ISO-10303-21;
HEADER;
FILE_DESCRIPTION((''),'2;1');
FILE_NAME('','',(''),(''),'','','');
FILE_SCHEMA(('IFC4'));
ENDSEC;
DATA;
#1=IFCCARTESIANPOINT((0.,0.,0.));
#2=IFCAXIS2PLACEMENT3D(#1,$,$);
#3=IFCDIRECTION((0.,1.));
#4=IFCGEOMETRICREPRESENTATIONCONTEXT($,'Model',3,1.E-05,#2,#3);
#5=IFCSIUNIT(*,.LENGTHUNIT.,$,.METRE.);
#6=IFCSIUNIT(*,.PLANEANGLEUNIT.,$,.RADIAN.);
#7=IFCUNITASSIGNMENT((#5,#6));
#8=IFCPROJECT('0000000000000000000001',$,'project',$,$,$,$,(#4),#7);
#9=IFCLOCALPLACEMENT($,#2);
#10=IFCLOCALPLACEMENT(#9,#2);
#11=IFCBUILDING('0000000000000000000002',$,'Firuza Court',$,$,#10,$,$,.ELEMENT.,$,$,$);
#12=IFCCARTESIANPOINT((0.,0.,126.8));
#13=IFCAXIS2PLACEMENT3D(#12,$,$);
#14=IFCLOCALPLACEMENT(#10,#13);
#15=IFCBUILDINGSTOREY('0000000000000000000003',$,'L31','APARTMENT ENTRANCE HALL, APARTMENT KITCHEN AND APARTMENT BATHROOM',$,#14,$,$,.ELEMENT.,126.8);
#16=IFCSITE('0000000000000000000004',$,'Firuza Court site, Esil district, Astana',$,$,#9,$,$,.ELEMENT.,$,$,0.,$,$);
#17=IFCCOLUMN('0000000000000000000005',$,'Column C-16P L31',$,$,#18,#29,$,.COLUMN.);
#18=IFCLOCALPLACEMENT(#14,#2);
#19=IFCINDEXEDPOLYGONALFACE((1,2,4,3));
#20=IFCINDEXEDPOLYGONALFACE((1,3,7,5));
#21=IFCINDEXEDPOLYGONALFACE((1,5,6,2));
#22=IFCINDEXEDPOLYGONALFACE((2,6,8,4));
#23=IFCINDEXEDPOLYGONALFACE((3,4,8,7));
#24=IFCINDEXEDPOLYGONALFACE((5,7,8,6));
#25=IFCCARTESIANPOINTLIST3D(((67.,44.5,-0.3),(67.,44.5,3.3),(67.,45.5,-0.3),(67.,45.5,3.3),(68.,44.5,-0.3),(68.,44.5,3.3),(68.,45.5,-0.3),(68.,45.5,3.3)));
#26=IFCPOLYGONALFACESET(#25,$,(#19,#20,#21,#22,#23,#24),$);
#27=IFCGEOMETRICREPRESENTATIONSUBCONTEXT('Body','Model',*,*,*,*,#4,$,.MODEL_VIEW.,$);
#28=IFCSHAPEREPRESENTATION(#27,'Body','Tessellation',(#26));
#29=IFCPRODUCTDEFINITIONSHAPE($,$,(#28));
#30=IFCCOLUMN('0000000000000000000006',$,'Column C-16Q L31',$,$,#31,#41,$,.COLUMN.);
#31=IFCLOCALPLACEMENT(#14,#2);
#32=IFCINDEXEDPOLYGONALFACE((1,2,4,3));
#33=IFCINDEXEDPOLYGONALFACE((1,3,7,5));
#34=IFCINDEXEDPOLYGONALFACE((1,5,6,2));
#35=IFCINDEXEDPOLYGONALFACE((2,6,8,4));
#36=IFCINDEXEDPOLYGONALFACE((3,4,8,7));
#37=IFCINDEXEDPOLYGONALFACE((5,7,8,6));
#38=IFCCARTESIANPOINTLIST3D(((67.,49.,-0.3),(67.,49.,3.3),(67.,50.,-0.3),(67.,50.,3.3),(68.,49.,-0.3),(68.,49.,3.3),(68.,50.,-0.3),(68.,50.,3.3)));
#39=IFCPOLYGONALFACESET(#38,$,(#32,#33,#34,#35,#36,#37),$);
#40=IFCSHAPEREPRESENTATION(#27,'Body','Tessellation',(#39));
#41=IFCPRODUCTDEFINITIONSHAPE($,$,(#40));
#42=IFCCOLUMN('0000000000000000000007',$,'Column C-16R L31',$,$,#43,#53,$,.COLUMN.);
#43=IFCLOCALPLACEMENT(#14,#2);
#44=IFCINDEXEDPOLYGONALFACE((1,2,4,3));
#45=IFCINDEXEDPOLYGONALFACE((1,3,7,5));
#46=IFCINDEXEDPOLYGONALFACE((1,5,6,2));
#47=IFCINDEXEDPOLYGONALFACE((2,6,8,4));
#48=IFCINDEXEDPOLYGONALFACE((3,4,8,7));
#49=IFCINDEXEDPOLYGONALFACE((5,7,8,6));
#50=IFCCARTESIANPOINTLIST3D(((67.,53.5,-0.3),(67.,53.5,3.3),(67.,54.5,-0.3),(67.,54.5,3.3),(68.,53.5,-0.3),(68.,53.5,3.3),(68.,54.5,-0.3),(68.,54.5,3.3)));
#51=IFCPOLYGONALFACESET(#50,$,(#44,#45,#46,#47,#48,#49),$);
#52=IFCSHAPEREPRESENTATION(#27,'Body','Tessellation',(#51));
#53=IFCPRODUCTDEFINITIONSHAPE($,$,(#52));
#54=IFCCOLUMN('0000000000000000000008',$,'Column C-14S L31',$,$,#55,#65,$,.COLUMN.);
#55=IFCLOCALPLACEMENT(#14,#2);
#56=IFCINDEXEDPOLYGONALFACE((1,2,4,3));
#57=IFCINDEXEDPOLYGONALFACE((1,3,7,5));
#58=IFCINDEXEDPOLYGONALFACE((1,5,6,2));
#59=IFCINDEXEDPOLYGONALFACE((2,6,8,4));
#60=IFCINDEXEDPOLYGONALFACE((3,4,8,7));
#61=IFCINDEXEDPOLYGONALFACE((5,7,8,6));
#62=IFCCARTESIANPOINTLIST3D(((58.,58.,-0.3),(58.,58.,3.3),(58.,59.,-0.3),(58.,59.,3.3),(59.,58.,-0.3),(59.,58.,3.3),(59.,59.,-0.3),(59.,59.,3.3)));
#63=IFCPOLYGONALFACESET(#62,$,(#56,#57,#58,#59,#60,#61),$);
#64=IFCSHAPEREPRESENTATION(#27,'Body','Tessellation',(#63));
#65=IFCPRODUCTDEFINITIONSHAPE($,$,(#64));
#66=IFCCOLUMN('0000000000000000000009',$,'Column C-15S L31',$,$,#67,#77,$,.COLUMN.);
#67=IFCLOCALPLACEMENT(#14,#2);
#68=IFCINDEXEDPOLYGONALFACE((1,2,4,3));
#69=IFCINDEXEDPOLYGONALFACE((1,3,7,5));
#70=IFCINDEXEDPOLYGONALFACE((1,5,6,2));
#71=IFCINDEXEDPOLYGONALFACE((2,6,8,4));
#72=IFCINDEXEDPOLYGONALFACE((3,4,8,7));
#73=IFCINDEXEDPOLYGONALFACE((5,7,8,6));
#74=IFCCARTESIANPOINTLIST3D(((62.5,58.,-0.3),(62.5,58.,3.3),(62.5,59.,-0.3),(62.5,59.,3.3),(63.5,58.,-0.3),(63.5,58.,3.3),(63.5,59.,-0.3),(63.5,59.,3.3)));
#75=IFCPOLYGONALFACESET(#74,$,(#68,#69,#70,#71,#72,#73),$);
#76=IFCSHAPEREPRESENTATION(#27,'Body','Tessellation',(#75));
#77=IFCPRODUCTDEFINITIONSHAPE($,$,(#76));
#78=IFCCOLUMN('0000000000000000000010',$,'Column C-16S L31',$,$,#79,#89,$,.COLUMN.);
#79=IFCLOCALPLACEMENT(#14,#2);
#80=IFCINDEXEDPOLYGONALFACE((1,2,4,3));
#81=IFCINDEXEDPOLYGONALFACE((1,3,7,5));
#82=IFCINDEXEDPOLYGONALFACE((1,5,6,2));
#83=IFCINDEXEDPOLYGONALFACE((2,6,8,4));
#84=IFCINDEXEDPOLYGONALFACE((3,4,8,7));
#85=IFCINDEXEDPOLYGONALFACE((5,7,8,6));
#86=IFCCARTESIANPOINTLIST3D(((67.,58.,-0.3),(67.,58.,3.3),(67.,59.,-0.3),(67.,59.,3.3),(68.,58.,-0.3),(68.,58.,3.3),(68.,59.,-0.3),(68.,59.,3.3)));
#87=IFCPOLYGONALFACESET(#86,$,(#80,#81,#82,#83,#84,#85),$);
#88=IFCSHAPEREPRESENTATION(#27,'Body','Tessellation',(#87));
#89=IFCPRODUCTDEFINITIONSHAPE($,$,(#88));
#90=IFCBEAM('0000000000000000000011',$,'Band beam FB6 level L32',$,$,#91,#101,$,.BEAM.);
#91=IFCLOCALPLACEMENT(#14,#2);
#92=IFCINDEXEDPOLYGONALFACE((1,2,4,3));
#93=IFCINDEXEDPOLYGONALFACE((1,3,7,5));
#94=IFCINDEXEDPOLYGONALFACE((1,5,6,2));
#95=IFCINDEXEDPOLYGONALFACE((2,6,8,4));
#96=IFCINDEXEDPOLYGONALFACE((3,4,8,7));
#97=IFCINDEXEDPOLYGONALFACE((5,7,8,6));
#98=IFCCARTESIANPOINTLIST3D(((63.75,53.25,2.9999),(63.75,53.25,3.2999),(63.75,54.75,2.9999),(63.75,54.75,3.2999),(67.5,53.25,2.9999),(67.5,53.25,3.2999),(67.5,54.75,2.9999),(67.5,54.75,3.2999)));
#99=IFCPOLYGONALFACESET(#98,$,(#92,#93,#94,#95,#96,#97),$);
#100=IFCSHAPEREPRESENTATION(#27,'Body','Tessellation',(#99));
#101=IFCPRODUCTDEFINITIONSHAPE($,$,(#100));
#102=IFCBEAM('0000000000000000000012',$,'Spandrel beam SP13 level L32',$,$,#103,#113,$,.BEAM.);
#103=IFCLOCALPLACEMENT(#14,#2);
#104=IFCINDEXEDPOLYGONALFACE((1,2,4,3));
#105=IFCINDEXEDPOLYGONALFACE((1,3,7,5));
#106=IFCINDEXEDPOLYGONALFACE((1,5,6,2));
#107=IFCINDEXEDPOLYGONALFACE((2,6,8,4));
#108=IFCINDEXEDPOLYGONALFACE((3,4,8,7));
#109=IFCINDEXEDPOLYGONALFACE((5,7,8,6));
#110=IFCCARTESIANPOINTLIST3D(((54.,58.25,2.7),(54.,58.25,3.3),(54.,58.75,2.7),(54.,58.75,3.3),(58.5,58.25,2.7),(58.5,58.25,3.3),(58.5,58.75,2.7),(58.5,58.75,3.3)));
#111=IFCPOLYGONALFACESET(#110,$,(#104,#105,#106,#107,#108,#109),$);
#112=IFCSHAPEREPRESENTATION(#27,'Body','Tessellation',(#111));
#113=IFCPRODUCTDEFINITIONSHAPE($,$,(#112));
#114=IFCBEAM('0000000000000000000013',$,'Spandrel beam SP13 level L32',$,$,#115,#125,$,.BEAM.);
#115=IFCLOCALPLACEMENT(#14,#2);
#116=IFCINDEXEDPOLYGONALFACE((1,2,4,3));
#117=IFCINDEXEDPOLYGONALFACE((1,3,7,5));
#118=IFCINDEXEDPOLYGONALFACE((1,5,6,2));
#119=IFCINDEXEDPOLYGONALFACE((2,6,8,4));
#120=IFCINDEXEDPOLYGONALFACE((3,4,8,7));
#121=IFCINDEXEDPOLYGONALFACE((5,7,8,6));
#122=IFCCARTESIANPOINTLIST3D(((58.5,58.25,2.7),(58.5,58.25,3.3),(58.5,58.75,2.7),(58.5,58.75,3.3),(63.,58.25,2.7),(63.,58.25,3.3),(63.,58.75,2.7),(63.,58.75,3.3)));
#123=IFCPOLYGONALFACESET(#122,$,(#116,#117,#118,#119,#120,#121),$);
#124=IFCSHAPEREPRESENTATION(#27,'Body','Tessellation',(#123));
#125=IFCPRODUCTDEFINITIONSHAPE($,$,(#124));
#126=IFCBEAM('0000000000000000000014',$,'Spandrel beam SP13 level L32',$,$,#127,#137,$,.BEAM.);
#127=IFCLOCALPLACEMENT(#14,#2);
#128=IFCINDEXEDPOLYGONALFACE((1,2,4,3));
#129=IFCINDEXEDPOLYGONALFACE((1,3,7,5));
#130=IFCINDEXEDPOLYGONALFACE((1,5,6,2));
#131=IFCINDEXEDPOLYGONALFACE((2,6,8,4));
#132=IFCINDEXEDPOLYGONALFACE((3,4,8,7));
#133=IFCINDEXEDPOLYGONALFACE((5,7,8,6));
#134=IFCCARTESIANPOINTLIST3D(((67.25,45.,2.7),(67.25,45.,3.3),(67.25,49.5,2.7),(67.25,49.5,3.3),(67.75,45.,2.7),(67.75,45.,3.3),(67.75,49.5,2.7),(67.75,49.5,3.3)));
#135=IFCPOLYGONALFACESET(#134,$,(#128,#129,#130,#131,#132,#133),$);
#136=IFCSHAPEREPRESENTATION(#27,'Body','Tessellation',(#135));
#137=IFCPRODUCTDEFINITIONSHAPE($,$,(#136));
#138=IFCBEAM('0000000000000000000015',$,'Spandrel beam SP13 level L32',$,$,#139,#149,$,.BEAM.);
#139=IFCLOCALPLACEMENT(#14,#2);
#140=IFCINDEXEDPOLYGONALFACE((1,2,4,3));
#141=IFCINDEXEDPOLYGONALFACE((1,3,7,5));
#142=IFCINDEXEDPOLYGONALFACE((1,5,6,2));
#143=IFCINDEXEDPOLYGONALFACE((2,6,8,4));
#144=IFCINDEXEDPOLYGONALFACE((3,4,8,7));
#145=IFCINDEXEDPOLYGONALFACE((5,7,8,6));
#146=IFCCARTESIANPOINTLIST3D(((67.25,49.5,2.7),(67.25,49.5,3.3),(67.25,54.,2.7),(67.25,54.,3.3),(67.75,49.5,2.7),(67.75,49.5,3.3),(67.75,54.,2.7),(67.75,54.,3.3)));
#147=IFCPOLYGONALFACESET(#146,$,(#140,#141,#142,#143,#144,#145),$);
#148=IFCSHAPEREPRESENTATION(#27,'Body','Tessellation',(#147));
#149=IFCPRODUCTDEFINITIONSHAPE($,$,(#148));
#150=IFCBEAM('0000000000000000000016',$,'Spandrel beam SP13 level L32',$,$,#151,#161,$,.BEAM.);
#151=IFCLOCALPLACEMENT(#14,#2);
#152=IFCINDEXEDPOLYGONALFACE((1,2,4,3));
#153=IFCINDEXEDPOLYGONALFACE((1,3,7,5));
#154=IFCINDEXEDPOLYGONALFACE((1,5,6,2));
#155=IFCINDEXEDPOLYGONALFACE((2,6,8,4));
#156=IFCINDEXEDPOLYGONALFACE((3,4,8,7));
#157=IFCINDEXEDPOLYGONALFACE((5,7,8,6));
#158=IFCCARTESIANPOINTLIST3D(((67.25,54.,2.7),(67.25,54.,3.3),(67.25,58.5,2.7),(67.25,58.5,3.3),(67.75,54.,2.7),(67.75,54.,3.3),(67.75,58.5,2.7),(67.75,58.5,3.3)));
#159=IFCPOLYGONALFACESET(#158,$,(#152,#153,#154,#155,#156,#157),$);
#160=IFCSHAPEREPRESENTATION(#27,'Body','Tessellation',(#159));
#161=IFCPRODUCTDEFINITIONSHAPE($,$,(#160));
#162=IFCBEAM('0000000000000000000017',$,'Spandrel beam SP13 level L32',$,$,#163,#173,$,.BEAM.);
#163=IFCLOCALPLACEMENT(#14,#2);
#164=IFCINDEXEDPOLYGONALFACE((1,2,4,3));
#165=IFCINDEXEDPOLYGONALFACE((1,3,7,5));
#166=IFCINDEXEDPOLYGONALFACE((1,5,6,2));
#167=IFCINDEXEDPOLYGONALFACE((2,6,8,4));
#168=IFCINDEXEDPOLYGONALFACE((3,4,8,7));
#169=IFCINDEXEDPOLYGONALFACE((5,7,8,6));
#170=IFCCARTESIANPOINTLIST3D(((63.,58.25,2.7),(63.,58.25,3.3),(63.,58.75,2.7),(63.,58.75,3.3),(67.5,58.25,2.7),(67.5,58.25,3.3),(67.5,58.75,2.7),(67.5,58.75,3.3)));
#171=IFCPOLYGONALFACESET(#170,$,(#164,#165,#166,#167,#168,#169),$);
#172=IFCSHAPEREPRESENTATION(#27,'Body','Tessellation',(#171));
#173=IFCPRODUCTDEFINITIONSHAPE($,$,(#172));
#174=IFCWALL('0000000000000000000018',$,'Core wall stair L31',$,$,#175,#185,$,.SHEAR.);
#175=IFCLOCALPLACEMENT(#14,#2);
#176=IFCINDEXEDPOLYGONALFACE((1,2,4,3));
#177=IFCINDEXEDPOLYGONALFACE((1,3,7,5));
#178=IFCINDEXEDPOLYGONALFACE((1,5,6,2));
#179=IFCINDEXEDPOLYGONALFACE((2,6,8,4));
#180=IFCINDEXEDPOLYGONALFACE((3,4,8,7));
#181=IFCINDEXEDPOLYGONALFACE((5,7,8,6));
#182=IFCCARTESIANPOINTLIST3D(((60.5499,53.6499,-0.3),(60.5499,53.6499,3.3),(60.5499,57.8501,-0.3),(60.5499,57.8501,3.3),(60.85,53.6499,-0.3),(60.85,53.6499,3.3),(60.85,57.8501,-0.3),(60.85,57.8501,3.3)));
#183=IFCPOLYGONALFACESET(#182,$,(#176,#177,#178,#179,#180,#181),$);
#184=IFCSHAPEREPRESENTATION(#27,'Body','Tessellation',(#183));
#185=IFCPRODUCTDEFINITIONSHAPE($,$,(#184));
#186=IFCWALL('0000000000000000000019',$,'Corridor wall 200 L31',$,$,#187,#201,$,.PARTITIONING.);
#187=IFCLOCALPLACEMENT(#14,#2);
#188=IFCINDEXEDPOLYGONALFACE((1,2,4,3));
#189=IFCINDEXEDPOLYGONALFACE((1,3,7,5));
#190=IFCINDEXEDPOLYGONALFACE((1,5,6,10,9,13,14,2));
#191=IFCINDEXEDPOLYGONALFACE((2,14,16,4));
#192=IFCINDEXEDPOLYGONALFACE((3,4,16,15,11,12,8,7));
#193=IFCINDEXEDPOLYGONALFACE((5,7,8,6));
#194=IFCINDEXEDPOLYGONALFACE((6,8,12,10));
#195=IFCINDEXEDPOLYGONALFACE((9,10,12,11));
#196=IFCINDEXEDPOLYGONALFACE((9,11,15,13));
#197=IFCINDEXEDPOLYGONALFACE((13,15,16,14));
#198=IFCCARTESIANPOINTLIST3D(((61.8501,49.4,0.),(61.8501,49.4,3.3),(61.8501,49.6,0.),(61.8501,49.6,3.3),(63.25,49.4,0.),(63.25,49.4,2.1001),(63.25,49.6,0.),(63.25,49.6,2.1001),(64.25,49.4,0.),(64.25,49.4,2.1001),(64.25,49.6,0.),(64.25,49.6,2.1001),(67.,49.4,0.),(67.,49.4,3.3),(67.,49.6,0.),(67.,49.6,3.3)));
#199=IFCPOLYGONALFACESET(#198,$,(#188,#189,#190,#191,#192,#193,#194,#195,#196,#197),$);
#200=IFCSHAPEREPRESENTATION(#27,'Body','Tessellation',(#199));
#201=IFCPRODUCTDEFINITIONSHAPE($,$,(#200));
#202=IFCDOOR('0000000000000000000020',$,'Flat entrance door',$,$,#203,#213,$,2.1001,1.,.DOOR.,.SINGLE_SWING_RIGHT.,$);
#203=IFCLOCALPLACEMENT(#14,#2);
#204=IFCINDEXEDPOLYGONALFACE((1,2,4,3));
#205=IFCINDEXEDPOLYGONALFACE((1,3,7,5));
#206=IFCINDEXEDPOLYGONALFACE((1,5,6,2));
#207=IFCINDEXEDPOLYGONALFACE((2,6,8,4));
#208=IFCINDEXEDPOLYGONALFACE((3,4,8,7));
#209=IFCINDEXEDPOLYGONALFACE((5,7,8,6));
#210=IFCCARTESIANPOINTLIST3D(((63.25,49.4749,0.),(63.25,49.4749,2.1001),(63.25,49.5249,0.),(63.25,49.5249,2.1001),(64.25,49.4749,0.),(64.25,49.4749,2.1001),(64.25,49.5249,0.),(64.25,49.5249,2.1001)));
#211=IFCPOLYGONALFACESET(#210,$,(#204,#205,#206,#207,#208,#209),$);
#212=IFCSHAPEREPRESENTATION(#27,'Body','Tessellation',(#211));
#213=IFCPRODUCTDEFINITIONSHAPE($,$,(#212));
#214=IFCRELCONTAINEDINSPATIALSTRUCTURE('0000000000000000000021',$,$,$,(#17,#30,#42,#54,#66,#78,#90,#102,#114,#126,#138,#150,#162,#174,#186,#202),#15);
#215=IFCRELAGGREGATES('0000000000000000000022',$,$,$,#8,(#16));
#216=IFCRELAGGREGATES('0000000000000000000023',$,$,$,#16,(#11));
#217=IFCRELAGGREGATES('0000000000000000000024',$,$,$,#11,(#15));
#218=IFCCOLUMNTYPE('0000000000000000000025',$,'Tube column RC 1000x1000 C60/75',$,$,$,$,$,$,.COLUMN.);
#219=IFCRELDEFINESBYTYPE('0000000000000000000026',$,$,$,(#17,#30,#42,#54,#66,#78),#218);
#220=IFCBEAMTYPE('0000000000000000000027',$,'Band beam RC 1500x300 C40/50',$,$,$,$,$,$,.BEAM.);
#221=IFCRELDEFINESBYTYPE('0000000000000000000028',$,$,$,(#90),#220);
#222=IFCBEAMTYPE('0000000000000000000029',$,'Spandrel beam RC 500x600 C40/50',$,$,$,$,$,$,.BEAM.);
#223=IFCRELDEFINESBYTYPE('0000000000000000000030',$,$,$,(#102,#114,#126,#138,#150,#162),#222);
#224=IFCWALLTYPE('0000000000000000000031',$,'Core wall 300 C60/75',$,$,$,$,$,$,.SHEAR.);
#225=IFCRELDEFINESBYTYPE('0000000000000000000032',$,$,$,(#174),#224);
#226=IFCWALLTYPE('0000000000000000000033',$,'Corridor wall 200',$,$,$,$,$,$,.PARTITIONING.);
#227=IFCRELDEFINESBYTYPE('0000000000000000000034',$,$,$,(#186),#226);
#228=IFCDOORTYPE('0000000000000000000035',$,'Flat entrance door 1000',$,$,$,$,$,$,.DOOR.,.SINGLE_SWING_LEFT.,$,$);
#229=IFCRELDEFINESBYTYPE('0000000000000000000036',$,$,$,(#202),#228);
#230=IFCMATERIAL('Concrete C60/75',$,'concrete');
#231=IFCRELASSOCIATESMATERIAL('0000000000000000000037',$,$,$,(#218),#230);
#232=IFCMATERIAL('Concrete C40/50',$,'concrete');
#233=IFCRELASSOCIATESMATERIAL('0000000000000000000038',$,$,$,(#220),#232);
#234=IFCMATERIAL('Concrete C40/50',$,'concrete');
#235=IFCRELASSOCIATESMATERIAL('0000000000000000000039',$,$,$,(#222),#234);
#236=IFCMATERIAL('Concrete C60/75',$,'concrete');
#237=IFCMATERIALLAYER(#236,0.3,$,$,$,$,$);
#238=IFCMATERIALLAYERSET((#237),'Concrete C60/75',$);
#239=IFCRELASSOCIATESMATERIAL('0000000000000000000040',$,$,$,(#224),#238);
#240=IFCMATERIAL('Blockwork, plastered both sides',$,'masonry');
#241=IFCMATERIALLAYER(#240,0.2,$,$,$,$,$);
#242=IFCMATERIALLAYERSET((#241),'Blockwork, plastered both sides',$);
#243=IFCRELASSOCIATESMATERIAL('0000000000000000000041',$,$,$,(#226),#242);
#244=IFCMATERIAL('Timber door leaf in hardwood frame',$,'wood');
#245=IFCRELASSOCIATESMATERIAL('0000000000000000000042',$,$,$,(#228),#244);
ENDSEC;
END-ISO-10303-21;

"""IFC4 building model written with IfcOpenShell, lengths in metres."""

from ifc_helpers import new_model, si_unit, direction, frame, frame_2d, origin, origin_2d, place, context, subcontext, project, spatial, rectangle, extrude, material, layer, layer_set, material_profile, profile_set, type_object, element, fill, save


model = new_model("IFC4")

# Units and contexts
model_context = context("Model", 3, precision=1e-05, world=origin(), true_north=direction((0.0, 1.0)))
body_context = subcontext(model_context, "Body", "Model", "MODEL_VIEW")
ifc_project = project(units=[si_unit("LENGTHUNIT", "METRE"), si_unit("PLANEANGLEUNIT", "RADIAN")], contexts=[model_context])

# Site, building, storey
site_placement = place(None, origin())
site = spatial("IfcSite", under=ifc_project, at=site_placement, Name="Firuza Court site, Esil district, Astana", CompositionType="ELEMENT", RefElevation=0.0)
building_placement = place(site_placement, origin())
building = spatial("IfcBuilding", under=site, at=building_placement, Name="Firuza Court", CompositionType="ELEMENT")
storey_placement = place(building_placement, frame((0.0, 0.0, 126.8)))
storey = spatial("IfcBuildingStorey", under=building, at=storey_placement, Name="L31", Description="APARTMENT ENTRANCE HALL, APARTMENT KITCHEN AND APARTMENT BATHROOM", CompositionType="ELEMENT", Elevation=126.8)

# Columns
ifc_material_1 = material(Name="Concrete C60/75", Category="concrete")
ifc_material_profile_1 = material_profile(ifc_material_1, rectangle(XDim=1.0, YDim=1.0, at=origin_2d()), Name="RC 1000x1000")
ifc_profile_set_1 = profile_set([ifc_material_profile_1], Name="Concrete C60/75")
column_type = type_object("IfcColumnType", Name="Tube column RC 1000x1000 C60/75", PredefinedType="COLUMN", material=ifc_profile_set_1)
for number, where, z_axis, x_axis, name in (
    (1, (67.5, 45.0, -0.3), (0.0, 0.0, 1.0), (1.0, 0.0, 0.0), "Column C-16P L31"),
    (2, (67.5, 49.5, -0.3), (0.0, 0.0, 1.0), (1.0, 0.0, 0.0), "Column C-16Q L31"),
    (3, (67.5, 54.0, -0.3), (0.0, 0.0, 1.0), (1.0, 0.0, 0.0), "Column C-16R L31"),
    (4, (58.5, 58.5, -0.3), (0.0, 0.0, 1.0), (1.0, 0.0, 0.0), "Column C-14S L31"),
    (5, (63.0, 58.5, -0.3), (0.0, 0.0, 1.0), (1.0, 0.0, 0.0), "Column C-15S L31"),
    (6, (67.5, 58.5, -0.3), (0.0, 0.0, 1.0), (1.0, 0.0, 0.0), "Column C-16S L31"),
):
    element("IfcColumn", number, at=place(storey_placement, frame(where, z_axis=z_axis, x_axis=x_axis)), inside=storey, type_object=column_type, Name=name, PredefinedType="COLUMN", context=body_context, shape_type="SweptSolid", body=[
        extrude(rectangle(XDim=1.0, YDim=1.0, at=origin_2d()), origin(), (0.0, 0.0, 1.0), 3.6001),
    ])

# Beams
ifc_material_2 = material(Name="Concrete C40/50", Category="concrete")
ifc_material_profile_2 = material_profile(ifc_material_2, rectangle(XDim=1.5, YDim=0.3, at=origin_2d()), Name="RC 1500x300")
ifc_profile_set_2 = profile_set([ifc_material_profile_2], Name="Concrete C40/50")
beam_type_1 = type_object("IfcBeamType", Name="Band beam RC 1500x300 C40/50", PredefinedType="BEAM", material=ifc_profile_set_2)
beam_placement = place(storey_placement, frame((67.5, 54.0, 3.1499), z_axis=(-1.0, 0.0, 0.0), x_axis=(0.0, -1.0, 0.0)))
element("IfcBeam", 7, at=beam_placement, inside=storey, type_object=beam_type_1, Name="Band beam FB6 level L32", PredefinedType="BEAM", context=body_context, shape_type="SweptSolid", body=[
    extrude(rectangle(XDim=1.5, YDim=0.3, at=origin_2d()), origin(), (0.0, 0.0, 1.0), 3.75),
])
ifc_material_3 = material(Name="Concrete C40/50", Category="concrete")
ifc_material_profile_3 = material_profile(ifc_material_3, rectangle(XDim=0.5, YDim=0.6001, at=origin_2d()), Name="RC 500x600")
ifc_profile_set_3 = profile_set([ifc_material_profile_3], Name="Concrete C40/50")
beam_type_2 = type_object("IfcBeamType", Name="Spandrel beam RC 500x600 C40/50", PredefinedType="BEAM", material=ifc_profile_set_3)
for number, where, z_axis, x_axis, name in (
    (8, (58.5, 58.5, 3.0), (-1.0, 0.0, 0.0), (0.0, -1.0, 0.0), "Spandrel beam SP13 level L32"),
    (9, (63.0, 58.5, 3.0), (-1.0, 0.0, 0.0), (0.0, -1.0, 0.0), "Spandrel beam SP13 level L32"),
    (10, (67.5, 45.0, 3.0), (0.0, 1.0, 0.0), (-1.0, 0.0, 0.0), "Spandrel beam SP13 level L32"),
    (11, (67.5, 49.5, 3.0), (0.0, 1.0, 0.0), (-1.0, 0.0, 0.0), "Spandrel beam SP13 level L32"),
    (12, (67.5, 54.0, 3.0), (0.0, 1.0, 0.0), (-1.0, 0.0, 0.0), "Spandrel beam SP13 level L32"),
    (13, (67.5, 58.5, 3.0), (-1.0, 0.0, 0.0), (0.0, -1.0, 0.0), "Spandrel beam SP13 level L32"),
):
    element("IfcBeam", number, at=place(storey_placement, frame(where, z_axis=z_axis, x_axis=x_axis)), inside=storey, type_object=beam_type_2, Name=name, PredefinedType="BEAM", context=body_context, shape_type="SweptSolid", body=[
        extrude(rectangle(XDim=0.5, YDim=0.6001, at=origin_2d()), origin(), (0.0, 0.0, 1.0), 4.5),
    ])

# Wall
ifc_material_4 = material(Name="Concrete C60/75", Category="concrete")
ifc_layer_1 = layer(ifc_material_4, 0.3)
ifc_layer_set_1 = layer_set([ifc_layer_1], Name="Concrete C60/75")
wall_type_1 = type_object("IfcWallType", Name="Core wall 300 C60/75", PredefinedType="SHEAR", material=ifc_layer_set_1)
wall_1_placement = place(storey_placement, frame((60.7, 53.6499, -0.3), z_axis=(0.0, 0.0, 1.0), x_axis=(0.0, 1.0, 0.0)))
element("IfcWall", 14, at=wall_1_placement, inside=storey, type_object=wall_type_1, Name="Core wall stair L31", PredefinedType="SHEAR", context=body_context, shape_type="SweptSolid", body=[
    extrude(rectangle(XDim=4.2002, YDim=0.3, at=frame_2d((2.1001, 0.0))), origin(), (0.0, 0.0, 1.0), 3.6001),
])

# Wall, opening, door
ifc_material_5 = material(Name="Blockwork, plastered both sides", Category="masonry")
ifc_layer_2 = layer(ifc_material_5, 0.2)
ifc_layer_set_2 = layer_set([ifc_layer_2], Name="Blockwork, plastered both sides")
wall_type_2 = type_object("IfcWallType", Name="Corridor wall 200", PredefinedType="PARTITIONING", material=ifc_layer_set_2)
wall_2_placement = place(storey_placement, frame((61.8501, 49.5, 0.0), z_axis=(0.0, 0.0, 1.0), x_axis=(1.0, 0.0, 0.0)))
wall_2 = element("IfcWall", 15, at=wall_2_placement, inside=storey, type_object=wall_type_2, Name="Corridor wall 200 L31", PredefinedType="PARTITIONING", context=body_context, shape_type="SweptSolid", body=[
    extrude(rectangle(XDim=5.1499, YDim=0.2, at=frame_2d((2.575, 0.0))), origin(), (0.0, 0.0, 1.0), 3.3),
])
opening_1_placement = place(wall_2_placement, frame((1.3999, 0.0, 0.0)))
opening_1 = element("IfcOpeningElement", 16, at=opening_1_placement, cuts=wall_2, PredefinedType="OPENING", context=body_context, shape_type="SweptSolid", body=[
    extrude(rectangle(XDim=1.0, YDim=2.1001, at=frame_2d((0.5, 1.05))), frame((0.0, 0.1118, 0.0), z_axis=(0.0, -1.0, 0.0), x_axis=(1.0, 0.0, 0.0)), (0.0, 0.0, 1.0), 0.2239),
])
ifc_material_6 = material(Name="Timber door leaf in hardwood frame", Category="wood")
door_type_1 = type_object("IfcDoorType", Name="Flat entrance door 1000", OperationType="SINGLE_SWING_LEFT", PredefinedType="DOOR", material=ifc_material_6)
door_1_placement = place(opening_1_placement, origin())
door_1 = element("IfcDoor", 17, at=door_1_placement, inside=storey, type_object=door_type_1, Name="Flat entrance door", OperationType="SINGLE_SWING_RIGHT", OverallHeight=2.1001, OverallWidth=1.0, PredefinedType="DOOR", context=body_context, shape_type="SweptSolid", body=[
    extrude(rectangle(XDim=1.0, YDim=2.1001, at=frame_2d((0.5, 1.05))), frame((0.0, 0.0249, 0.0), z_axis=(0.0, -1.0, 0.0), x_axis=(1.0, 0.0, 0.0)), (0.0, 0.0, 1.0), 0.05),
])
fill(opening_1, door_1)

save(model, "model.ifc")
